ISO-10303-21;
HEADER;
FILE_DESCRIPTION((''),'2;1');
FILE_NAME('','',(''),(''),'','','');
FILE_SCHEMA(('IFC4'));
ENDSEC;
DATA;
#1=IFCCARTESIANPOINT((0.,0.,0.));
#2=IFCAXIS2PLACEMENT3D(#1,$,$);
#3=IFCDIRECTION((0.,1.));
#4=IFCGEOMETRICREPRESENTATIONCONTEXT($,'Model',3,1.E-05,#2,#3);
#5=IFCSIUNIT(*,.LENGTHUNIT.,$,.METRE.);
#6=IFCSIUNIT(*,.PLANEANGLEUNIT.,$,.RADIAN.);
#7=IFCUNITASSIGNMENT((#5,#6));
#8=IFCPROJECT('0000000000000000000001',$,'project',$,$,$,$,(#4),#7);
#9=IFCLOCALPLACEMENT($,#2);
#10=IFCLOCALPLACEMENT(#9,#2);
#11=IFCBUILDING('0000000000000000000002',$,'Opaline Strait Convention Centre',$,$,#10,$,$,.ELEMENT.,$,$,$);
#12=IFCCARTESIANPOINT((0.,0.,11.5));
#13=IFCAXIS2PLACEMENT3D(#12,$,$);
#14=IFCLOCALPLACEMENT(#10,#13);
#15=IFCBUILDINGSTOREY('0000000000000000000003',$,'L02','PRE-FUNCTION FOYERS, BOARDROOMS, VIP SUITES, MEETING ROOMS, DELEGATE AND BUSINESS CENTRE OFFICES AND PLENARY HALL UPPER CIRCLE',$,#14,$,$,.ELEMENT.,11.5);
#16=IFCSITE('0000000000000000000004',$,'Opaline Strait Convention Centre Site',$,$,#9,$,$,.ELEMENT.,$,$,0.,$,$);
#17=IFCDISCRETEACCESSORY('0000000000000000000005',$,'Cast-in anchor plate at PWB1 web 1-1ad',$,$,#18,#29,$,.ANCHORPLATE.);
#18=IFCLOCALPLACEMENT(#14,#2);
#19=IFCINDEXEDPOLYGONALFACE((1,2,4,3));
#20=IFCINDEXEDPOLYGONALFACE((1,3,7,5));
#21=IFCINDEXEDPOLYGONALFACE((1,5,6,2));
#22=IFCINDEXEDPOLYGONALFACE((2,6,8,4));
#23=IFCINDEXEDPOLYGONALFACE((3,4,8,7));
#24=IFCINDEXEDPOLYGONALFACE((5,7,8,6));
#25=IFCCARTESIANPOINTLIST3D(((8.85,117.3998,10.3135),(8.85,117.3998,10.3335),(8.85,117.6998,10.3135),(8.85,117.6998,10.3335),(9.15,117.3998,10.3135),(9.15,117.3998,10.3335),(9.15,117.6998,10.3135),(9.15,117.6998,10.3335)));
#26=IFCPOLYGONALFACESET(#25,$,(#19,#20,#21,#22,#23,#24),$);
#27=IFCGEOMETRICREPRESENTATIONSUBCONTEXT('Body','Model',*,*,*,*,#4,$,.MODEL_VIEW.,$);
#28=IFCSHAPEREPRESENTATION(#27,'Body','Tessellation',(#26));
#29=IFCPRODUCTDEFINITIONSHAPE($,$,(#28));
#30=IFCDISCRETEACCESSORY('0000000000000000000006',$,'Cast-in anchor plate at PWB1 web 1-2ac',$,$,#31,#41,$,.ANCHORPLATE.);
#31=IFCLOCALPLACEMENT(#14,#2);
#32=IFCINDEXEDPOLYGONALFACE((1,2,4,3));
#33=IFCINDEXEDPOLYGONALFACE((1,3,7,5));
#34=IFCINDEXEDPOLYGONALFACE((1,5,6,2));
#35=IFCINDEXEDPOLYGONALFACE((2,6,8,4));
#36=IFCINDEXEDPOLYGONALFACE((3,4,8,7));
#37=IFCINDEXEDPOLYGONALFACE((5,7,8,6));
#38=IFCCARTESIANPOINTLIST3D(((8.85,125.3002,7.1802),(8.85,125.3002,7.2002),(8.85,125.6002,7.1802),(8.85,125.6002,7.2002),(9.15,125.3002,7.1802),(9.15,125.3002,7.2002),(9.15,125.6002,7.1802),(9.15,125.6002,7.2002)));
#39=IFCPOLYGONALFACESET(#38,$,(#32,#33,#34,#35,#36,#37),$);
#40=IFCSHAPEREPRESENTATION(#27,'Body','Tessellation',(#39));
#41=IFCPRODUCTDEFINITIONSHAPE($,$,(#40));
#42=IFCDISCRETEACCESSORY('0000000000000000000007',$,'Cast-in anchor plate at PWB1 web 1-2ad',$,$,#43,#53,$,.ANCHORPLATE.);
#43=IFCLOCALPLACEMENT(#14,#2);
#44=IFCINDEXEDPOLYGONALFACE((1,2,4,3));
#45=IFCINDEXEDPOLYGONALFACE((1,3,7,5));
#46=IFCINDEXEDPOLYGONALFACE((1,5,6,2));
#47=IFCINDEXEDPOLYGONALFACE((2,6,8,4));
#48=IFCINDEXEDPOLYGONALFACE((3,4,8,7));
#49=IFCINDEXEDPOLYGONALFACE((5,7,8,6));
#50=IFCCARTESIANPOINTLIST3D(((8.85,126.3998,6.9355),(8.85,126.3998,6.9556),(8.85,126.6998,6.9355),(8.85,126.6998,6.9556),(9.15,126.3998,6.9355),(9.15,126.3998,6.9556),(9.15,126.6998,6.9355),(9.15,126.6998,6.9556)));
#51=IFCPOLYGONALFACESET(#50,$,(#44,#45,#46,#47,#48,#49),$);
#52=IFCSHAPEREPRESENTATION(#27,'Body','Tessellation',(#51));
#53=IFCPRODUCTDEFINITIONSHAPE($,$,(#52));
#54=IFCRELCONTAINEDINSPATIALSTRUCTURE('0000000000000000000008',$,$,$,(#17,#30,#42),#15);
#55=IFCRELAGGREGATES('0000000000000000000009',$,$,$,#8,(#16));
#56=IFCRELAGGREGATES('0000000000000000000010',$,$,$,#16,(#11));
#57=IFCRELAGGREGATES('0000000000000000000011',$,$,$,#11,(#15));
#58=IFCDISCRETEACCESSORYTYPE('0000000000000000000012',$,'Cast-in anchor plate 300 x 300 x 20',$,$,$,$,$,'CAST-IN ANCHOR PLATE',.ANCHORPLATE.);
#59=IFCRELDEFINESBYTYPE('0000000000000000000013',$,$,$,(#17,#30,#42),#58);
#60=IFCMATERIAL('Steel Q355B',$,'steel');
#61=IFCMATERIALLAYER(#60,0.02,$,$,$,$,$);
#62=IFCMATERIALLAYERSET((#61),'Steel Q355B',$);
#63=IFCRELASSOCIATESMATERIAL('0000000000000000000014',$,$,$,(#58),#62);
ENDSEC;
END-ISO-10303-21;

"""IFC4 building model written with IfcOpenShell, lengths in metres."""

from ifc_helpers import new_model, si_unit, direction, frame, origin, origin_2d, place, context, subcontext, project, spatial, rectangle, extrude, material, layer, layer_set, type_object, element, save


model = new_model("IFC4")

# Units and contexts
model_context = context("Model", 3, precision=1e-05, world=origin(), true_north=direction((0.0, 1.0)))
body_context = subcontext(model_context, "Body", "Model", "MODEL_VIEW")
ifc_project = project(units=[si_unit("LENGTHUNIT", "METRE"), si_unit("PLANEANGLEUNIT", "RADIAN")], contexts=[model_context])

# Site, building, storey
site_placement = place(None, origin())
site = spatial("IfcSite", under=ifc_project, at=site_placement, Name="Opaline Strait Convention Centre Site", CompositionType="ELEMENT", RefElevation=0.0)
building_placement = place(site_placement, origin())
building = spatial("IfcBuilding", under=site, at=building_placement, Name="Opaline Strait Convention Centre", CompositionType="ELEMENT")
storey_placement = place(building_placement, frame((0.0, 0.0, 11.5)))
storey = spatial("IfcBuildingStorey", under=building, at=storey_placement, Name="L02", Description="PRE-FUNCTION FOYERS, BOARDROOMS, VIP SUITES, MEETING ROOMS, DELEGATE AND BUSINESS CENTRE OFFICES AND PLENARY HALL UPPER CIRCLE", CompositionType="ELEMENT", Elevation=11.5)

# Shared definitions
ifc_material_1 = material(Name="Steel Q355B", Category="steel")

# Discrete accessories
ifc_layer_1 = layer(ifc_material_1, 0.02)
ifc_layer_set_1 = layer_set([ifc_layer_1], Name="Steel Q355B")
discrete_accessory_type = type_object("IfcDiscreteAccessoryType", Name="Cast-in anchor plate 300 x 300 x 20", ElementType="CAST-IN ANCHOR PLATE", PredefinedType="ANCHORPLATE", material=ifc_layer_set_1)
for number, where, z_axis, x_axis, name in (
    (1, (9.0, 117.5498, 10.3135), (0.0, 0.0, 1.0), (1.0, 0.0, 0.0), "Cast-in anchor plate at PWB1 web 1-1ad"),
    (2, (9.0, 125.4502, 7.1802), (0.0, 0.0, 1.0), (1.0, 0.0, 0.0), "Cast-in anchor plate at PWB1 web 1-2ac"),
    (3, (9.0, 126.5498, 6.9355), (0.0, 0.0, 1.0), (1.0, 0.0, 0.0), "Cast-in anchor plate at PWB1 web 1-2ad"),
):
    element("IfcDiscreteAccessory", number, at=place(storey_placement, frame(where, z_axis=z_axis, x_axis=x_axis)), inside=storey, type_object=discrete_accessory_type, Name=name, PredefinedType="ANCHORPLATE", context=body_context, shape_type="SweptSolid", body=[
        extrude(rectangle(XDim=0.3, YDim=0.3, at=origin_2d()), origin(), (0.0, 0.0, 1.0), 0.02),
    ])

save(model, "model.ifc")
